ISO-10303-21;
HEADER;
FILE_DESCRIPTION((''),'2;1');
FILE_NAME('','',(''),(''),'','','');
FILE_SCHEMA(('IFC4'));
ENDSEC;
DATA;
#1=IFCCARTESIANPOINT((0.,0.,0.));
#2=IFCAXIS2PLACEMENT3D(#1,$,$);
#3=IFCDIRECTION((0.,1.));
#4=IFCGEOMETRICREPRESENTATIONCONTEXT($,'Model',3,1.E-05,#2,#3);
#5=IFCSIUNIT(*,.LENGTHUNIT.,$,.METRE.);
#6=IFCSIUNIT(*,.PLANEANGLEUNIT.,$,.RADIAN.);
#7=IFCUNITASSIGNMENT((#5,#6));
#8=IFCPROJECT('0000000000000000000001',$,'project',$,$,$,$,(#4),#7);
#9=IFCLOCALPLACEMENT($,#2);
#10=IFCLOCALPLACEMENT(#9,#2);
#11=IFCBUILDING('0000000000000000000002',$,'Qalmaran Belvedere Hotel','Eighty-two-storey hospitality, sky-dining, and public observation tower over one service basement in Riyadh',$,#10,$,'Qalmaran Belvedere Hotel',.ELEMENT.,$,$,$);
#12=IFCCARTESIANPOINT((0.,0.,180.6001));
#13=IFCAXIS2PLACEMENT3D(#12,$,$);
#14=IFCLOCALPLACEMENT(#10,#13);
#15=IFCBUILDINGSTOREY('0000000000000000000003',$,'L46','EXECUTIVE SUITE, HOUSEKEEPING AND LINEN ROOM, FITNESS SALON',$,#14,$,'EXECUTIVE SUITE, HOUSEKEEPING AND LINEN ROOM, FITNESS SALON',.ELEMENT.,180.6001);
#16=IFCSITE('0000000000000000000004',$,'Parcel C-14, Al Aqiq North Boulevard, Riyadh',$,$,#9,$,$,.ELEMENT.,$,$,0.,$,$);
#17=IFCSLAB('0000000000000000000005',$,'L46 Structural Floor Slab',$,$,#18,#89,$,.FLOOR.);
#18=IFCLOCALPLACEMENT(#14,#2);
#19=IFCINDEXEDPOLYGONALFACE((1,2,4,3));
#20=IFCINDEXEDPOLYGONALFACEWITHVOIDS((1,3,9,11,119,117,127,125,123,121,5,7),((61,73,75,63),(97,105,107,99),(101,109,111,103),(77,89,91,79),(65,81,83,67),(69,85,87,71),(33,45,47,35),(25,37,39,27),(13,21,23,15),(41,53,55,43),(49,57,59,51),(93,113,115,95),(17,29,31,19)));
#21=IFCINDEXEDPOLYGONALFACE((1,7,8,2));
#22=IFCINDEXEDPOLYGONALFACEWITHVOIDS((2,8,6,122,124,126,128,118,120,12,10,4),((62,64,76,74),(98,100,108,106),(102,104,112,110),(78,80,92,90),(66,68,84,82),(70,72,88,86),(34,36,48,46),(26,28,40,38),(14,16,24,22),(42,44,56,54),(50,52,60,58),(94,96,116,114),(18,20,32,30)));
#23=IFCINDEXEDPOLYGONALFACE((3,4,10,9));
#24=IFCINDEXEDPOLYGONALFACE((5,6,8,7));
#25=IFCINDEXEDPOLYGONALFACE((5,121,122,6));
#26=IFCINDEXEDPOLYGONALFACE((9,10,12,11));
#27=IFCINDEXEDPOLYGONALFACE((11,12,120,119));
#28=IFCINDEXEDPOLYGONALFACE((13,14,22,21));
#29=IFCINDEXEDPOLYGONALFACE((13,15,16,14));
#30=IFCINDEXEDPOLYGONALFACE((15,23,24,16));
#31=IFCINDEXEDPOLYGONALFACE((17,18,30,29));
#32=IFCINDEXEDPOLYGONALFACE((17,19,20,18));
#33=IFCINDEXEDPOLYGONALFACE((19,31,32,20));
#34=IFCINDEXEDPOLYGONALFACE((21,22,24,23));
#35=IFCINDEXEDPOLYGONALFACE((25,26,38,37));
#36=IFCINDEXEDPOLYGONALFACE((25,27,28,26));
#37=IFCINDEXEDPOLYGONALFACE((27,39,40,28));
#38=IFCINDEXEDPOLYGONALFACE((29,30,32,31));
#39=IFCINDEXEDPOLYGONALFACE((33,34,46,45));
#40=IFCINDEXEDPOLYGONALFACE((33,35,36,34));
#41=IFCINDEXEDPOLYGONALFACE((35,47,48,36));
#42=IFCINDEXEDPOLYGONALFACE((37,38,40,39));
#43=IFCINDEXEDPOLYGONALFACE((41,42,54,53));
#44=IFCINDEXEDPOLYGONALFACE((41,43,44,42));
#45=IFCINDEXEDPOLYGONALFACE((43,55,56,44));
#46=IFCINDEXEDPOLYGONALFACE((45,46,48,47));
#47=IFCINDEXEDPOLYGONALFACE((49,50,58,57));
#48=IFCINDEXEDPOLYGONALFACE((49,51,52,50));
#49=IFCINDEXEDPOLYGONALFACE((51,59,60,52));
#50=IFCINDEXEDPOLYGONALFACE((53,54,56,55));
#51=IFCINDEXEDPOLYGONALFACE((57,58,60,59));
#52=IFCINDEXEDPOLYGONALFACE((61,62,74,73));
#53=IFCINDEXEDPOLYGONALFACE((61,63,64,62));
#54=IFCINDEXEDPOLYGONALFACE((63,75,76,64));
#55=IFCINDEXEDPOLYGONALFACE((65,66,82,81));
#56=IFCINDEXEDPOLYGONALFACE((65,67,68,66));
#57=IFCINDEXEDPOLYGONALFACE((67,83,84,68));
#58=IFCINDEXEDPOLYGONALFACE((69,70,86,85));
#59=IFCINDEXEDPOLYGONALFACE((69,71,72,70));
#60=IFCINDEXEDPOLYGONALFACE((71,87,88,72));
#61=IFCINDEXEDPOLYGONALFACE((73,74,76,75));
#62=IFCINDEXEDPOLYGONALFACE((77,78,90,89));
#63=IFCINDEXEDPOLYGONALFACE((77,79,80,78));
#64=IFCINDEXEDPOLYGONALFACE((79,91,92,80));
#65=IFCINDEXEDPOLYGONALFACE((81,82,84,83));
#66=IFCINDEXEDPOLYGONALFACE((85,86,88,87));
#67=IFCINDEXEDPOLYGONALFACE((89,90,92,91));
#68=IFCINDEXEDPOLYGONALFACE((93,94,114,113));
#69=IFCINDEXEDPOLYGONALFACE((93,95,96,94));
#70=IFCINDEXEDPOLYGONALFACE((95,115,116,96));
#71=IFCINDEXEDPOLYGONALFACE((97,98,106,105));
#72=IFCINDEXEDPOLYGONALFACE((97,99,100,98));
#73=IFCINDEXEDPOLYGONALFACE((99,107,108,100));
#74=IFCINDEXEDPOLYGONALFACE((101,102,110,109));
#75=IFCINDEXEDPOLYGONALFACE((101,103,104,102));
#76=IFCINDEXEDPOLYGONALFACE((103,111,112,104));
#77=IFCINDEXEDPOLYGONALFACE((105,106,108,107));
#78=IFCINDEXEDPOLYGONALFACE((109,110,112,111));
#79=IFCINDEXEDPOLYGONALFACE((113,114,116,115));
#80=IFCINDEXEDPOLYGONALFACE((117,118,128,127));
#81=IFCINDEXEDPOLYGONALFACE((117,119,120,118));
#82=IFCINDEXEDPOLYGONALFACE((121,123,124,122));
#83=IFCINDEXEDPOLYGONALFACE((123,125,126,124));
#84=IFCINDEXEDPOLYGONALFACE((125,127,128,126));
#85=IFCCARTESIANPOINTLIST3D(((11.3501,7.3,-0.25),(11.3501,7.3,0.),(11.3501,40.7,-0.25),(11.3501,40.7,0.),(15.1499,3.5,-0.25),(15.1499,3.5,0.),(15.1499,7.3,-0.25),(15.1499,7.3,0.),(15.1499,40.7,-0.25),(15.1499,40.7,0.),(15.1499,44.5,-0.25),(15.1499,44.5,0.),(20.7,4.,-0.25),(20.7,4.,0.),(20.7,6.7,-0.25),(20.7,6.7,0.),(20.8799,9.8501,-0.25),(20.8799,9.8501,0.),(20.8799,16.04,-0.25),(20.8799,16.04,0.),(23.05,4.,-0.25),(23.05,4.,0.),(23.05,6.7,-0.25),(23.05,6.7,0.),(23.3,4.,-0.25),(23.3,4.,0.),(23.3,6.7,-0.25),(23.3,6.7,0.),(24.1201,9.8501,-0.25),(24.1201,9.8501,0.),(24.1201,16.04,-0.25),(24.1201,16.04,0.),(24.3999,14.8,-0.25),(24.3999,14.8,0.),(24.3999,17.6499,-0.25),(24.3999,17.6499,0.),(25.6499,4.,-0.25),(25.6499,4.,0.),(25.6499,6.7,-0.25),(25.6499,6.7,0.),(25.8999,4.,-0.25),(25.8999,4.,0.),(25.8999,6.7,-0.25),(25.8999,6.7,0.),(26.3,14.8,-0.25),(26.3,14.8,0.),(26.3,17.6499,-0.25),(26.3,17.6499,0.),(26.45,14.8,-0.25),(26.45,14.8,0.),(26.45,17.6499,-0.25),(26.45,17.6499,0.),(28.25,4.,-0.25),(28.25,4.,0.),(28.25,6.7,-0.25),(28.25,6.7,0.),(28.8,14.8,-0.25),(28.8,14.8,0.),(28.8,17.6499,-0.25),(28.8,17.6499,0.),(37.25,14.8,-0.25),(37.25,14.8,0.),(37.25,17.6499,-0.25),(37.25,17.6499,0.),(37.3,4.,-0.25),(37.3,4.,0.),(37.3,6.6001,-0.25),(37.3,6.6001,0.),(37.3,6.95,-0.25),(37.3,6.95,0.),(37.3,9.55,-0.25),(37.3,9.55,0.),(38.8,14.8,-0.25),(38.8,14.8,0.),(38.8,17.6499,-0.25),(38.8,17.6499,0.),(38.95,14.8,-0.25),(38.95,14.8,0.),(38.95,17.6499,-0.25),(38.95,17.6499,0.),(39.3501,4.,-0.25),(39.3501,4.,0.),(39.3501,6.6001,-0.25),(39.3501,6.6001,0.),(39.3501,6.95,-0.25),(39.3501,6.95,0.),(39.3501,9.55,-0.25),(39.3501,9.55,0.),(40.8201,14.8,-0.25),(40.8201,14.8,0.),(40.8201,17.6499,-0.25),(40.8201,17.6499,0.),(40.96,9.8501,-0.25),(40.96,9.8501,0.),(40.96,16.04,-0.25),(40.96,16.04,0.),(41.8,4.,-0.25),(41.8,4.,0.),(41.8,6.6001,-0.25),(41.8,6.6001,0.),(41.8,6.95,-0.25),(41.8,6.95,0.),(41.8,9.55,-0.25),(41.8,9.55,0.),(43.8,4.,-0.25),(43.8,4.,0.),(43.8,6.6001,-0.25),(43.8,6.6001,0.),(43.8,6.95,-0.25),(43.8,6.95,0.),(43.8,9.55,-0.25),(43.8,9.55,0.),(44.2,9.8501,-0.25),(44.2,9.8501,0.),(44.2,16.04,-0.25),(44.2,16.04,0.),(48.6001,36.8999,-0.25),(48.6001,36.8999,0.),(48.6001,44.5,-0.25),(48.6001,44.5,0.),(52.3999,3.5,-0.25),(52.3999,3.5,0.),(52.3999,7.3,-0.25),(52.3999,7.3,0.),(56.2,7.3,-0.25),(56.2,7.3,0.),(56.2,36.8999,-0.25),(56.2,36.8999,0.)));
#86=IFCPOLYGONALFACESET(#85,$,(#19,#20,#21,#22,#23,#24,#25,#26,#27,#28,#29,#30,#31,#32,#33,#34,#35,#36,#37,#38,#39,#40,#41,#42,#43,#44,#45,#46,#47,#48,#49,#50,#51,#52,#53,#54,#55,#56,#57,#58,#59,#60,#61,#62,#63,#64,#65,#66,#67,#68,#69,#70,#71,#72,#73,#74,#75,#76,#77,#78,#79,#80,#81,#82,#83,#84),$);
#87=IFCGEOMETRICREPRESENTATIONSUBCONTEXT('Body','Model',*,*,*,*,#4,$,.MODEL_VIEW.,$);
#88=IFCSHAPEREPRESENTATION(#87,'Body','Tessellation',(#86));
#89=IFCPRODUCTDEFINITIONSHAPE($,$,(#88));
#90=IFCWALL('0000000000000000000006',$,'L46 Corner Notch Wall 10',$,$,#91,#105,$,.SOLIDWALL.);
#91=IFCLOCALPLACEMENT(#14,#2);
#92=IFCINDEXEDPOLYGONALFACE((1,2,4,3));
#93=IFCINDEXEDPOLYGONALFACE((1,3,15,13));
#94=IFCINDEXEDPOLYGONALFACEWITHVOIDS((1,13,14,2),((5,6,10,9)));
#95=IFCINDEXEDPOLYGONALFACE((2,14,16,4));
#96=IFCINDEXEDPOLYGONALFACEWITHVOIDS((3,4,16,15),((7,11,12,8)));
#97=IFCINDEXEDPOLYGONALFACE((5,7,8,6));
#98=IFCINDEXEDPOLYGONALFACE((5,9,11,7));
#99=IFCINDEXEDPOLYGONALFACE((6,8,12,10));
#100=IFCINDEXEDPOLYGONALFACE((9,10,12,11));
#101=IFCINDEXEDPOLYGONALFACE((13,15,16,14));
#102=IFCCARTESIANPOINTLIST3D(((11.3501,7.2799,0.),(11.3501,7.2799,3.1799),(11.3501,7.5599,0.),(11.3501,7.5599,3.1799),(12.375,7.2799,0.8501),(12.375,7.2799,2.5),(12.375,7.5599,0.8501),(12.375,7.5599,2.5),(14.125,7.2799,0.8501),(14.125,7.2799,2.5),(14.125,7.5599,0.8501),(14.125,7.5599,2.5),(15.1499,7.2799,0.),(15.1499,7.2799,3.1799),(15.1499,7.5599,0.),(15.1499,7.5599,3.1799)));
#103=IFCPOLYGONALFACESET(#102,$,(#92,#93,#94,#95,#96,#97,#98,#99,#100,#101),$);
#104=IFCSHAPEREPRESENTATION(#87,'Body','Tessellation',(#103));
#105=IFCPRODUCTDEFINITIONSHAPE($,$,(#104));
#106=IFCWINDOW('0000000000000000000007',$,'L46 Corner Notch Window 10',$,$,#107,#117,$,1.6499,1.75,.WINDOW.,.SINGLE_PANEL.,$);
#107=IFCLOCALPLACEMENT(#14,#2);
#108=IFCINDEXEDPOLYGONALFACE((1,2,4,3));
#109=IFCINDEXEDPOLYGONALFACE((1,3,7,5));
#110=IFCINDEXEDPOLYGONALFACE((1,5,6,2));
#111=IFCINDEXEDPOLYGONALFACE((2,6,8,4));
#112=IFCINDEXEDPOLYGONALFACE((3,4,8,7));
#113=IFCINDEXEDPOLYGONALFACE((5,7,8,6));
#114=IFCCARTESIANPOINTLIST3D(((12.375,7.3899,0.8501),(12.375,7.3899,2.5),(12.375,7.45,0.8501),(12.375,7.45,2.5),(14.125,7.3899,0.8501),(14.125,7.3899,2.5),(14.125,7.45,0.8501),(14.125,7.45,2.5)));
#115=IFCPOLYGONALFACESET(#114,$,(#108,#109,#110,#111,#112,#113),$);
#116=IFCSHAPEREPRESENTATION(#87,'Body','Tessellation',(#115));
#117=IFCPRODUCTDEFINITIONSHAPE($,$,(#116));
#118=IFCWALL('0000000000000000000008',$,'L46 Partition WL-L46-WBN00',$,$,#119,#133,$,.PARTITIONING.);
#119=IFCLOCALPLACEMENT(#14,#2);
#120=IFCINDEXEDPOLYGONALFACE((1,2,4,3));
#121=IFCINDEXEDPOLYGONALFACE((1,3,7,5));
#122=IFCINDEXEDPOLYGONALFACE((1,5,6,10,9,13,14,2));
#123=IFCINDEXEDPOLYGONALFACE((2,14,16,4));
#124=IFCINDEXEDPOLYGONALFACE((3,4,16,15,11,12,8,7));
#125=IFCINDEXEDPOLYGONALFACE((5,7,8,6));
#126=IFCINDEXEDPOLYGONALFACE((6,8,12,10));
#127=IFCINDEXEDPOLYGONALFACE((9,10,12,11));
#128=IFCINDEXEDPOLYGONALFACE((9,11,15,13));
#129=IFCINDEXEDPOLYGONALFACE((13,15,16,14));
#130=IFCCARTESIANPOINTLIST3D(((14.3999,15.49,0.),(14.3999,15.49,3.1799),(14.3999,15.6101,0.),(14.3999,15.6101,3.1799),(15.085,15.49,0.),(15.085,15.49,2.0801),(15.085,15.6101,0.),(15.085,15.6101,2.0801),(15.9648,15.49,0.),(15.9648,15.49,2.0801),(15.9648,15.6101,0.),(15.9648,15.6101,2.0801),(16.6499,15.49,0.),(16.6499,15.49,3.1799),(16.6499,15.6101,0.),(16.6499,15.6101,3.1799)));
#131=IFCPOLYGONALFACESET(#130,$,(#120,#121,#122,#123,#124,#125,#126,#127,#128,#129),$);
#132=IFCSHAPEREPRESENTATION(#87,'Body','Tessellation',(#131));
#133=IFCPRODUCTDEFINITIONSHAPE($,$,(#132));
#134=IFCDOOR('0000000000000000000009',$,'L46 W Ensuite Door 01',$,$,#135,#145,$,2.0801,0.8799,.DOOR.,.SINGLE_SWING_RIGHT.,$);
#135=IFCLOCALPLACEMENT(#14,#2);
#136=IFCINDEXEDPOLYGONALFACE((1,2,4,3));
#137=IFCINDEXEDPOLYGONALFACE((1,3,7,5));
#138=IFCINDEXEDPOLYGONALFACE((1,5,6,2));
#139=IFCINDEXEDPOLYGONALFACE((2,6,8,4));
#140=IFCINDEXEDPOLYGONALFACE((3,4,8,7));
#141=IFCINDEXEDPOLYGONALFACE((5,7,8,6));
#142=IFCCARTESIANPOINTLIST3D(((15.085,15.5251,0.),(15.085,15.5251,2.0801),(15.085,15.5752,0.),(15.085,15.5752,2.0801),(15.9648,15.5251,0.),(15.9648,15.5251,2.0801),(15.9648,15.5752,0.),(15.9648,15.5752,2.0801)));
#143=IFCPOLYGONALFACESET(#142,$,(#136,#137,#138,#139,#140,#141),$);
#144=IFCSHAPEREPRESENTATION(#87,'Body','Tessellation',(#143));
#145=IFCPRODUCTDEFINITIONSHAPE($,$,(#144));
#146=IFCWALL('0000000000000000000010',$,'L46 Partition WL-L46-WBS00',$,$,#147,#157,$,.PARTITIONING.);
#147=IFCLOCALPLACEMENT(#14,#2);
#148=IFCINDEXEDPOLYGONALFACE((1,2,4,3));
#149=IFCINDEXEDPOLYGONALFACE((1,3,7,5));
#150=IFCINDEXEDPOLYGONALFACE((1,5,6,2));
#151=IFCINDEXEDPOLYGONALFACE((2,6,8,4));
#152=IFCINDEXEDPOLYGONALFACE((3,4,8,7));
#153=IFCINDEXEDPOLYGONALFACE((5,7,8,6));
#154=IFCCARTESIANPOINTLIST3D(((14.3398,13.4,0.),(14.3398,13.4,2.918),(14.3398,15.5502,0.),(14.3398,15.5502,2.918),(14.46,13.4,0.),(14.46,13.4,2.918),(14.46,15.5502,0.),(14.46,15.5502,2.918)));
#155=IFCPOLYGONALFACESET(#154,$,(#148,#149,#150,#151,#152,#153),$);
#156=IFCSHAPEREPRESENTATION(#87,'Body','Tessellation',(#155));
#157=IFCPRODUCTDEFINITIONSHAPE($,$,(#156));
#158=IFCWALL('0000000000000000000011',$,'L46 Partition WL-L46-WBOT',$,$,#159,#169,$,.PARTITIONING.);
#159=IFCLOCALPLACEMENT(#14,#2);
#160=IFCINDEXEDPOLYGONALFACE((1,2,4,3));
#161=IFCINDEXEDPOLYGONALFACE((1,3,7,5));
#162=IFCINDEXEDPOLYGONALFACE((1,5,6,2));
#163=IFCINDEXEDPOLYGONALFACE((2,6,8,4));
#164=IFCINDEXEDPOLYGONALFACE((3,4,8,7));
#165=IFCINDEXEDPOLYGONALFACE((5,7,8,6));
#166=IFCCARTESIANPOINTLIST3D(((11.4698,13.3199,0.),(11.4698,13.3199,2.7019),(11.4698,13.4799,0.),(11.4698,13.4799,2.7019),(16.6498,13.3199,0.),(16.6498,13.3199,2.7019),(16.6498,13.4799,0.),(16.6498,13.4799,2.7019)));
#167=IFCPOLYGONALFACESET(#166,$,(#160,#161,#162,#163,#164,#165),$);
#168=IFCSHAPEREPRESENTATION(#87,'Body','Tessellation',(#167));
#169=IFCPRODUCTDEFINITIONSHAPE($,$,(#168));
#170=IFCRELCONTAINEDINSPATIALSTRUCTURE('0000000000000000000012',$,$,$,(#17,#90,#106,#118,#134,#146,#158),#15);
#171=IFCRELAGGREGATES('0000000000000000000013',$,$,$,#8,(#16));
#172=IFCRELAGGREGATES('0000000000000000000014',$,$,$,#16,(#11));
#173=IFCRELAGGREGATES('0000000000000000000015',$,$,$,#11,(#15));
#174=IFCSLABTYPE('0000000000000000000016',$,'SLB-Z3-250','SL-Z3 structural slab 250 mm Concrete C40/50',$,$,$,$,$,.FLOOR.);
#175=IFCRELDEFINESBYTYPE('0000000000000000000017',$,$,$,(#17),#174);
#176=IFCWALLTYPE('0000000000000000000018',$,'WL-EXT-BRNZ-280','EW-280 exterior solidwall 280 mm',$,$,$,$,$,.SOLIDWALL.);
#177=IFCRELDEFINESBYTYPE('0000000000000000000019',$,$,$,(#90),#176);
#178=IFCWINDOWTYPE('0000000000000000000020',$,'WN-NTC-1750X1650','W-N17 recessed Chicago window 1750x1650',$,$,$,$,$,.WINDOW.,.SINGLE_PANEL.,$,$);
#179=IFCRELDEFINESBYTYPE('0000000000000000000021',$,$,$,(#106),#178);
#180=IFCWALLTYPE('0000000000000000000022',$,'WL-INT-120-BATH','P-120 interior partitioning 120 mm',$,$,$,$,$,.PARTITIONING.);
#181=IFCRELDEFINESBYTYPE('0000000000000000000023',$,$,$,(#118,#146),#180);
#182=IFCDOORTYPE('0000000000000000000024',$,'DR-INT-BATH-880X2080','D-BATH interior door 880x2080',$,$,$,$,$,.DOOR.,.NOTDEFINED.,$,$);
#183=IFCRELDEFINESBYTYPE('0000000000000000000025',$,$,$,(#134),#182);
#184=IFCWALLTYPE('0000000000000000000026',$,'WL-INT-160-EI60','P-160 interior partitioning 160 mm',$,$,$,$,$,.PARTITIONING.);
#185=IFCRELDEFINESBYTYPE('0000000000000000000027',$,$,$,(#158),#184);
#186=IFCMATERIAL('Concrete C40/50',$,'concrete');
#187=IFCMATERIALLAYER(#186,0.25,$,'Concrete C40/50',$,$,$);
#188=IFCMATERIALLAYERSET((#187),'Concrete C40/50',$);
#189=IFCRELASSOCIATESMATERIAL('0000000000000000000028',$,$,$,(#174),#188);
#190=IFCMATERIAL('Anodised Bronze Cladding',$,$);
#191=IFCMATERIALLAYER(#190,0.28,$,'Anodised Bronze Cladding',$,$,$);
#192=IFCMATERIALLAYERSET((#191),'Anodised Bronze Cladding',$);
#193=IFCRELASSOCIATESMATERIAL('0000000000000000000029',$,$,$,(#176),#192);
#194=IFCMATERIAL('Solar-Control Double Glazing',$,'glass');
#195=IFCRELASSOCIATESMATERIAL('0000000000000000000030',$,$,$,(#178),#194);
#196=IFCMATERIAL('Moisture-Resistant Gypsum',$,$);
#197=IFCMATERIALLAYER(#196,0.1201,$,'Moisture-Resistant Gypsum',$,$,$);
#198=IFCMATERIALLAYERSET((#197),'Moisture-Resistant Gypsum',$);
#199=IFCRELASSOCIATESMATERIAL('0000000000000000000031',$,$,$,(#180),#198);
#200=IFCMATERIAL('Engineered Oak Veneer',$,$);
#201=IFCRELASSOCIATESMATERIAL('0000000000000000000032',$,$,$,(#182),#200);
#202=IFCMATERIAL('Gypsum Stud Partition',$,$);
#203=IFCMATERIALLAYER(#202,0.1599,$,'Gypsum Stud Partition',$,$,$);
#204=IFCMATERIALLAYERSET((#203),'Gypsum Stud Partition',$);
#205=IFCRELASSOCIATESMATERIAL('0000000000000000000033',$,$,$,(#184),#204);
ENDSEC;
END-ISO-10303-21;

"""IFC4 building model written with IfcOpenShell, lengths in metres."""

from ifc_helpers import new_model, si_unit, direction, frame, frame_2d, origin, place, context, subcontext, project, spatial, polyline, rectangle, outline, extrude, material, layer, layer_set, type_object, element, fill, save


model = new_model("IFC4")

# Units and contexts
model_context = context("Model", 3, precision=1e-05, world=origin(), true_north=direction((0.0, 1.0)))
body_context = subcontext(model_context, "Body", "Model", "MODEL_VIEW")
ifc_project = project(units=[si_unit("LENGTHUNIT", "METRE"), si_unit("PLANEANGLEUNIT", "RADIAN")], contexts=[model_context])

# Site, building, storey
site_placement = place(None, origin())
site = spatial("IfcSite", under=ifc_project, at=site_placement, Name="Parcel C-14, Al Aqiq North Boulevard, Riyadh", CompositionType="ELEMENT", RefElevation=0.0)
building_placement = place(site_placement, origin())
building = spatial("IfcBuilding", under=site, at=building_placement, Name="Qalmaran Belvedere Hotel", Description="Eighty-two-storey hospitality, sky-dining, and public observation tower over one service basement in Riyadh", LongName="Qalmaran Belvedere Hotel", CompositionType="ELEMENT")
storey_placement = place(building_placement, frame((0.0, 0.0, 180.6001)))
storey = spatial("IfcBuildingStorey", under=building, at=storey_placement, Name="L46", Description="EXECUTIVE SUITE, HOUSEKEEPING AND LINEN ROOM, FITNESS SALON", LongName="EXECUTIVE SUITE, HOUSEKEEPING AND LINEN ROOM, FITNESS SALON", CompositionType="ELEMENT", Elevation=180.6001)

# Shared definitions
ifc_material_1 = material(Name="Solar-Control Double Glazing", Category="glass")

# Shared definitions
ifc_material_2 = material(Name="Concrete C40/50", Category="concrete")

# Slab
ifc_layer_1 = layer(ifc_material_2, 0.25, Name="Concrete C40/50")
ifc_layer_set_1 = layer_set([ifc_layer_1], Name="Concrete C40/50")
slab_type_1 = type_object("IfcSlabType", Name="SLB-Z3-250", Description="SL-Z3 structural slab 250 mm Concrete C40/50", PredefinedType="FLOOR", material=ifc_layer_set_1)
slab_1_placement = place(storey_placement, frame((0.0, 0.0, -0.25)))
element("IfcSlab", 1, at=slab_1_placement, inside=storey, type_object=slab_type_1, Name="L46 Structural Floor Slab", PredefinedType="FLOOR", context=body_context, shape_type="SweptSolid", body=[
    extrude(outline(polyline([(15.1499, 3.5), (52.3999, 3.5), (52.3999, 7.3), (56.2, 7.3), (56.2, 36.8999), (48.6001, 36.8999), (48.6001, 44.5), (15.1499, 44.5), (15.1499, 40.7), (11.3501, 40.7), (11.3501, 7.3), (15.1499, 7.3), (15.1499, 3.5)]), holes=[polyline([(20.8799, 9.8501), (24.1201, 9.8501), (24.1201, 16.04), (20.8799, 16.04), (20.8799, 9.8501)]), polyline([(40.96, 9.8501), (44.2, 9.8501), (44.2, 16.04), (40.96, 16.04), (40.96, 9.8501)]), polyline([(37.3, 4.0), (39.3501, 4.0), (39.3501, 6.6001), (37.3, 6.6001), (37.3, 4.0)]), polyline([(37.3, 6.95), (39.3501, 6.95), (39.3501, 9.55), (37.3, 9.55), (37.3, 6.95)]), polyline([(41.8, 4.0), (43.8, 4.0), (43.8, 6.6001), (41.8, 6.6001), (41.8, 4.0)]), polyline([(41.8, 6.95), (43.8, 6.95), (43.8, 9.55), (41.8, 9.55), (41.8, 6.95)]), polyline([(20.7, 4.0), (23.05, 4.0), (23.05, 6.7), (20.7, 6.7), (20.7, 4.0)]), polyline([(23.3, 4.0), (25.6499, 4.0), (25.6499, 6.7), (23.3, 6.7), (23.3, 4.0)]), polyline([(25.8999, 4.0), (28.25, 4.0), (28.25, 6.7), (25.8999, 6.7), (25.8999, 4.0)]), polyline([(24.3999, 14.8), (26.3, 14.8), (26.3, 17.6499), (24.3999, 17.6499), (24.3999, 14.8)]), polyline([(38.95, 14.8), (40.8201, 14.8), (40.8201, 17.6499), (38.95, 17.6499), (38.95, 14.8)]), polyline([(26.45, 14.8), (28.8, 14.8), (28.8, 17.6499), (26.45, 17.6499), (26.45, 14.8)]), polyline([(37.25, 14.8), (38.8, 14.8), (38.8, 17.6499), (37.25, 17.6499), (37.25, 14.8)])]), origin(), (0.0, 0.0, 1.0), 0.25),
])

# Wall, opening, window
ifc_material_3 = material(Name="Anodised Bronze Cladding")
ifc_layer_2 = layer(ifc_material_3, 0.28, Name="Anodised Bronze Cladding")
ifc_layer_set_2 = layer_set([ifc_layer_2], Name="Anodised Bronze Cladding")
wall_type_1 = type_object("IfcWallType", Name="WL-EXT-BRNZ-280", Description="EW-280 exterior solidwall 280 mm", PredefinedType="SOLIDWALL", material=ifc_layer_set_2)
wall_1_placement = place(storey_placement, frame((11.3501, 7.4199, 0.0), z_axis=(0.0, 0.0, 1.0), x_axis=(1.0, 0.0, 0.0)))
wall_1 = element("IfcWall", 2, at=wall_1_placement, inside=storey, type_object=wall_type_1, Name="L46 Corner Notch Wall 10", PredefinedType="SOLIDWALL", context=body_context, shape_type="SweptSolid", body=[
    extrude(rectangle(XDim=3.7998, YDim=0.28, at=frame_2d((1.8999, 0.0))), origin(), (0.0, 0.0, 1.0), 3.1799),
])
opening_1_placement = place(wall_1_placement, frame((1.0249, 0.0, 0.8501)))
opening_1 = element("IfcOpeningElement", 3, at=opening_1_placement, cuts=wall_1, PredefinedType="OPENING", context=body_context, shape_type="SweptSolid", body=[
    extrude(rectangle(XDim=1.75, YDim=1.6499, at=frame_2d((0.875, 0.825))), frame((0.0, 0.1499, 0.0), z_axis=(0.0, -1.0, 0.0), x_axis=(1.0, 0.0, 0.0)), (0.0, 0.0, 1.0), 0.3),
])
window_type = type_object("IfcWindowType", Name="WN-NTC-1750X1650", Description="W-N17 recessed Chicago window 1750x1650", PartitioningType="SINGLE_PANEL", PredefinedType="WINDOW", material=ifc_material_1)
window_placement = place(opening_1_placement, origin())
window = element("IfcWindow", 4, at=window_placement, inside=storey, type_object=window_type, Name="L46 Corner Notch Window 10", OverallHeight=1.6499, OverallWidth=1.75, PartitioningType="SINGLE_PANEL", PredefinedType="WINDOW", context=body_context, shape_type="SweptSolid", body=[
    extrude(rectangle(XDim=1.75, YDim=1.6499, at=frame_2d((0.875, 0.825))), frame((0.0, 0.03, 0.0), z_axis=(0.0, -1.0, 0.0), x_axis=(1.0, 0.0, 0.0)), (0.0, 0.0, 1.0), 0.0601),
])
fill(opening_1, window)

# Wall, opening, door
ifc_material_4 = material(Name="Moisture-Resistant Gypsum")
ifc_layer_3 = layer(ifc_material_4, 0.1201, Name="Moisture-Resistant Gypsum")
ifc_layer_set_3 = layer_set([ifc_layer_3], Name="Moisture-Resistant Gypsum")
wall_type_2 = type_object("IfcWallType", Name="WL-INT-120-BATH", Description="P-120 interior partitioning 120 mm", PredefinedType="PARTITIONING", material=ifc_layer_set_3)
wall_2_placement = place(storey_placement, frame((14.3999, 15.55, 0.0), z_axis=(0.0, 0.0, 1.0), x_axis=(1.0, 0.0, 0.0)))
wall_2 = element("IfcWall", 5, at=wall_2_placement, inside=storey, type_object=wall_type_2, Name="L46 Partition WL-L46-WBN00", PredefinedType="PARTITIONING", context=body_context, shape_type="SweptSolid", body=[
    extrude(rectangle(XDim=2.25, YDim=0.1201, at=frame_2d((1.125, 0.0))), origin(), (0.0, 0.0, 1.0), 3.1799),
])
opening_2_placement = place(wall_2_placement, frame((1.5649, 0.0, 0.0), z_axis=(0.0, 0.0, 1.0), x_axis=(-1.0, 0.0, 0.0)))
opening_2 = element("IfcOpeningElement", 6, at=opening_2_placement, cuts=wall_2, PredefinedType="OPENING", context=body_context, shape_type="SweptSolid", body=[
    extrude(rectangle(XDim=0.8799, YDim=2.0801, at=frame_2d((0.4399, 1.04))), frame((0.0, 0.0701, 0.0), z_axis=(0.0, -1.0, 0.0), x_axis=(1.0, 0.0, 0.0)), (0.0, 0.0, 1.0), 0.1401),
])
ifc_material_5 = material(Name="Engineered Oak Veneer")
door_type = type_object("IfcDoorType", Name="DR-INT-BATH-880X2080", Description="D-BATH interior door 880x2080", OperationType="NOTDEFINED", PredefinedType="DOOR", material=ifc_material_5)
door_placement = place(opening_2_placement, origin())
door = element("IfcDoor", 7, at=door_placement, inside=storey, type_object=door_type, Name="L46 W Ensuite Door 01", OperationType="SINGLE_SWING_RIGHT", OverallHeight=2.0801, OverallWidth=0.8799, PredefinedType="DOOR", context=body_context, shape_type="SweptSolid", body=[
    extrude(rectangle(XDim=0.8799, YDim=2.0801, at=frame_2d((0.4399, 1.04))), frame((0.0, 0.0249, 0.0), z_axis=(0.0, -1.0, 0.0), x_axis=(1.0, 0.0, 0.0)), (0.0, 0.0, 1.0), 0.05),
])
fill(opening_2, door)

# Walls
wall_3_placement = place(storey_placement, frame((14.3999, 13.3999, 0.0), z_axis=(0.0, 0.0, 1.0), x_axis=(0.0, 1.0, 0.0)))
element("IfcWall", 8, at=wall_3_placement, inside=storey, type_object=wall_type_2, Name="L46 Partition WL-L46-WBS00", PredefinedType="PARTITIONING", context=body_context, shape_type="SweptSolid", body=[
    extrude(rectangle(XDim=2.1501, YDim=0.1201, at=frame_2d((1.0752, 0.0))), origin(), (0.0, 0.0, 1.0), 2.918),
])
ifc_material_6 = material(Name="Gypsum Stud Partition")
ifc_layer_4 = layer(ifc_material_6, 0.1599, Name="Gypsum Stud Partition")
ifc_layer_set_4 = layer_set([ifc_layer_4], Name="Gypsum Stud Partition")
wall_type_3 = type_object("IfcWallType", Name="WL-INT-160-EI60", Description="P-160 interior partitioning 160 mm", PredefinedType="PARTITIONING", material=ifc_layer_set_4)
wall_4_placement = place(storey_placement, frame((11.47, 13.3999, 0.0), z_axis=(0.0, 0.0, 1.0), x_axis=(1.0, 0.0, 0.0)))
element("IfcWall", 9, at=wall_4_placement, inside=storey, type_object=wall_type_3, Name="L46 Partition WL-L46-WBOT", PredefinedType="PARTITIONING", context=body_context, shape_type="SweptSolid", body=[
    extrude(rectangle(XDim=5.1799, YDim=0.1599, at=frame_2d((2.5898, 0.0))), origin(), (0.0, 0.0, 1.0), 2.7019),
])

save(model, "model.ifc")
